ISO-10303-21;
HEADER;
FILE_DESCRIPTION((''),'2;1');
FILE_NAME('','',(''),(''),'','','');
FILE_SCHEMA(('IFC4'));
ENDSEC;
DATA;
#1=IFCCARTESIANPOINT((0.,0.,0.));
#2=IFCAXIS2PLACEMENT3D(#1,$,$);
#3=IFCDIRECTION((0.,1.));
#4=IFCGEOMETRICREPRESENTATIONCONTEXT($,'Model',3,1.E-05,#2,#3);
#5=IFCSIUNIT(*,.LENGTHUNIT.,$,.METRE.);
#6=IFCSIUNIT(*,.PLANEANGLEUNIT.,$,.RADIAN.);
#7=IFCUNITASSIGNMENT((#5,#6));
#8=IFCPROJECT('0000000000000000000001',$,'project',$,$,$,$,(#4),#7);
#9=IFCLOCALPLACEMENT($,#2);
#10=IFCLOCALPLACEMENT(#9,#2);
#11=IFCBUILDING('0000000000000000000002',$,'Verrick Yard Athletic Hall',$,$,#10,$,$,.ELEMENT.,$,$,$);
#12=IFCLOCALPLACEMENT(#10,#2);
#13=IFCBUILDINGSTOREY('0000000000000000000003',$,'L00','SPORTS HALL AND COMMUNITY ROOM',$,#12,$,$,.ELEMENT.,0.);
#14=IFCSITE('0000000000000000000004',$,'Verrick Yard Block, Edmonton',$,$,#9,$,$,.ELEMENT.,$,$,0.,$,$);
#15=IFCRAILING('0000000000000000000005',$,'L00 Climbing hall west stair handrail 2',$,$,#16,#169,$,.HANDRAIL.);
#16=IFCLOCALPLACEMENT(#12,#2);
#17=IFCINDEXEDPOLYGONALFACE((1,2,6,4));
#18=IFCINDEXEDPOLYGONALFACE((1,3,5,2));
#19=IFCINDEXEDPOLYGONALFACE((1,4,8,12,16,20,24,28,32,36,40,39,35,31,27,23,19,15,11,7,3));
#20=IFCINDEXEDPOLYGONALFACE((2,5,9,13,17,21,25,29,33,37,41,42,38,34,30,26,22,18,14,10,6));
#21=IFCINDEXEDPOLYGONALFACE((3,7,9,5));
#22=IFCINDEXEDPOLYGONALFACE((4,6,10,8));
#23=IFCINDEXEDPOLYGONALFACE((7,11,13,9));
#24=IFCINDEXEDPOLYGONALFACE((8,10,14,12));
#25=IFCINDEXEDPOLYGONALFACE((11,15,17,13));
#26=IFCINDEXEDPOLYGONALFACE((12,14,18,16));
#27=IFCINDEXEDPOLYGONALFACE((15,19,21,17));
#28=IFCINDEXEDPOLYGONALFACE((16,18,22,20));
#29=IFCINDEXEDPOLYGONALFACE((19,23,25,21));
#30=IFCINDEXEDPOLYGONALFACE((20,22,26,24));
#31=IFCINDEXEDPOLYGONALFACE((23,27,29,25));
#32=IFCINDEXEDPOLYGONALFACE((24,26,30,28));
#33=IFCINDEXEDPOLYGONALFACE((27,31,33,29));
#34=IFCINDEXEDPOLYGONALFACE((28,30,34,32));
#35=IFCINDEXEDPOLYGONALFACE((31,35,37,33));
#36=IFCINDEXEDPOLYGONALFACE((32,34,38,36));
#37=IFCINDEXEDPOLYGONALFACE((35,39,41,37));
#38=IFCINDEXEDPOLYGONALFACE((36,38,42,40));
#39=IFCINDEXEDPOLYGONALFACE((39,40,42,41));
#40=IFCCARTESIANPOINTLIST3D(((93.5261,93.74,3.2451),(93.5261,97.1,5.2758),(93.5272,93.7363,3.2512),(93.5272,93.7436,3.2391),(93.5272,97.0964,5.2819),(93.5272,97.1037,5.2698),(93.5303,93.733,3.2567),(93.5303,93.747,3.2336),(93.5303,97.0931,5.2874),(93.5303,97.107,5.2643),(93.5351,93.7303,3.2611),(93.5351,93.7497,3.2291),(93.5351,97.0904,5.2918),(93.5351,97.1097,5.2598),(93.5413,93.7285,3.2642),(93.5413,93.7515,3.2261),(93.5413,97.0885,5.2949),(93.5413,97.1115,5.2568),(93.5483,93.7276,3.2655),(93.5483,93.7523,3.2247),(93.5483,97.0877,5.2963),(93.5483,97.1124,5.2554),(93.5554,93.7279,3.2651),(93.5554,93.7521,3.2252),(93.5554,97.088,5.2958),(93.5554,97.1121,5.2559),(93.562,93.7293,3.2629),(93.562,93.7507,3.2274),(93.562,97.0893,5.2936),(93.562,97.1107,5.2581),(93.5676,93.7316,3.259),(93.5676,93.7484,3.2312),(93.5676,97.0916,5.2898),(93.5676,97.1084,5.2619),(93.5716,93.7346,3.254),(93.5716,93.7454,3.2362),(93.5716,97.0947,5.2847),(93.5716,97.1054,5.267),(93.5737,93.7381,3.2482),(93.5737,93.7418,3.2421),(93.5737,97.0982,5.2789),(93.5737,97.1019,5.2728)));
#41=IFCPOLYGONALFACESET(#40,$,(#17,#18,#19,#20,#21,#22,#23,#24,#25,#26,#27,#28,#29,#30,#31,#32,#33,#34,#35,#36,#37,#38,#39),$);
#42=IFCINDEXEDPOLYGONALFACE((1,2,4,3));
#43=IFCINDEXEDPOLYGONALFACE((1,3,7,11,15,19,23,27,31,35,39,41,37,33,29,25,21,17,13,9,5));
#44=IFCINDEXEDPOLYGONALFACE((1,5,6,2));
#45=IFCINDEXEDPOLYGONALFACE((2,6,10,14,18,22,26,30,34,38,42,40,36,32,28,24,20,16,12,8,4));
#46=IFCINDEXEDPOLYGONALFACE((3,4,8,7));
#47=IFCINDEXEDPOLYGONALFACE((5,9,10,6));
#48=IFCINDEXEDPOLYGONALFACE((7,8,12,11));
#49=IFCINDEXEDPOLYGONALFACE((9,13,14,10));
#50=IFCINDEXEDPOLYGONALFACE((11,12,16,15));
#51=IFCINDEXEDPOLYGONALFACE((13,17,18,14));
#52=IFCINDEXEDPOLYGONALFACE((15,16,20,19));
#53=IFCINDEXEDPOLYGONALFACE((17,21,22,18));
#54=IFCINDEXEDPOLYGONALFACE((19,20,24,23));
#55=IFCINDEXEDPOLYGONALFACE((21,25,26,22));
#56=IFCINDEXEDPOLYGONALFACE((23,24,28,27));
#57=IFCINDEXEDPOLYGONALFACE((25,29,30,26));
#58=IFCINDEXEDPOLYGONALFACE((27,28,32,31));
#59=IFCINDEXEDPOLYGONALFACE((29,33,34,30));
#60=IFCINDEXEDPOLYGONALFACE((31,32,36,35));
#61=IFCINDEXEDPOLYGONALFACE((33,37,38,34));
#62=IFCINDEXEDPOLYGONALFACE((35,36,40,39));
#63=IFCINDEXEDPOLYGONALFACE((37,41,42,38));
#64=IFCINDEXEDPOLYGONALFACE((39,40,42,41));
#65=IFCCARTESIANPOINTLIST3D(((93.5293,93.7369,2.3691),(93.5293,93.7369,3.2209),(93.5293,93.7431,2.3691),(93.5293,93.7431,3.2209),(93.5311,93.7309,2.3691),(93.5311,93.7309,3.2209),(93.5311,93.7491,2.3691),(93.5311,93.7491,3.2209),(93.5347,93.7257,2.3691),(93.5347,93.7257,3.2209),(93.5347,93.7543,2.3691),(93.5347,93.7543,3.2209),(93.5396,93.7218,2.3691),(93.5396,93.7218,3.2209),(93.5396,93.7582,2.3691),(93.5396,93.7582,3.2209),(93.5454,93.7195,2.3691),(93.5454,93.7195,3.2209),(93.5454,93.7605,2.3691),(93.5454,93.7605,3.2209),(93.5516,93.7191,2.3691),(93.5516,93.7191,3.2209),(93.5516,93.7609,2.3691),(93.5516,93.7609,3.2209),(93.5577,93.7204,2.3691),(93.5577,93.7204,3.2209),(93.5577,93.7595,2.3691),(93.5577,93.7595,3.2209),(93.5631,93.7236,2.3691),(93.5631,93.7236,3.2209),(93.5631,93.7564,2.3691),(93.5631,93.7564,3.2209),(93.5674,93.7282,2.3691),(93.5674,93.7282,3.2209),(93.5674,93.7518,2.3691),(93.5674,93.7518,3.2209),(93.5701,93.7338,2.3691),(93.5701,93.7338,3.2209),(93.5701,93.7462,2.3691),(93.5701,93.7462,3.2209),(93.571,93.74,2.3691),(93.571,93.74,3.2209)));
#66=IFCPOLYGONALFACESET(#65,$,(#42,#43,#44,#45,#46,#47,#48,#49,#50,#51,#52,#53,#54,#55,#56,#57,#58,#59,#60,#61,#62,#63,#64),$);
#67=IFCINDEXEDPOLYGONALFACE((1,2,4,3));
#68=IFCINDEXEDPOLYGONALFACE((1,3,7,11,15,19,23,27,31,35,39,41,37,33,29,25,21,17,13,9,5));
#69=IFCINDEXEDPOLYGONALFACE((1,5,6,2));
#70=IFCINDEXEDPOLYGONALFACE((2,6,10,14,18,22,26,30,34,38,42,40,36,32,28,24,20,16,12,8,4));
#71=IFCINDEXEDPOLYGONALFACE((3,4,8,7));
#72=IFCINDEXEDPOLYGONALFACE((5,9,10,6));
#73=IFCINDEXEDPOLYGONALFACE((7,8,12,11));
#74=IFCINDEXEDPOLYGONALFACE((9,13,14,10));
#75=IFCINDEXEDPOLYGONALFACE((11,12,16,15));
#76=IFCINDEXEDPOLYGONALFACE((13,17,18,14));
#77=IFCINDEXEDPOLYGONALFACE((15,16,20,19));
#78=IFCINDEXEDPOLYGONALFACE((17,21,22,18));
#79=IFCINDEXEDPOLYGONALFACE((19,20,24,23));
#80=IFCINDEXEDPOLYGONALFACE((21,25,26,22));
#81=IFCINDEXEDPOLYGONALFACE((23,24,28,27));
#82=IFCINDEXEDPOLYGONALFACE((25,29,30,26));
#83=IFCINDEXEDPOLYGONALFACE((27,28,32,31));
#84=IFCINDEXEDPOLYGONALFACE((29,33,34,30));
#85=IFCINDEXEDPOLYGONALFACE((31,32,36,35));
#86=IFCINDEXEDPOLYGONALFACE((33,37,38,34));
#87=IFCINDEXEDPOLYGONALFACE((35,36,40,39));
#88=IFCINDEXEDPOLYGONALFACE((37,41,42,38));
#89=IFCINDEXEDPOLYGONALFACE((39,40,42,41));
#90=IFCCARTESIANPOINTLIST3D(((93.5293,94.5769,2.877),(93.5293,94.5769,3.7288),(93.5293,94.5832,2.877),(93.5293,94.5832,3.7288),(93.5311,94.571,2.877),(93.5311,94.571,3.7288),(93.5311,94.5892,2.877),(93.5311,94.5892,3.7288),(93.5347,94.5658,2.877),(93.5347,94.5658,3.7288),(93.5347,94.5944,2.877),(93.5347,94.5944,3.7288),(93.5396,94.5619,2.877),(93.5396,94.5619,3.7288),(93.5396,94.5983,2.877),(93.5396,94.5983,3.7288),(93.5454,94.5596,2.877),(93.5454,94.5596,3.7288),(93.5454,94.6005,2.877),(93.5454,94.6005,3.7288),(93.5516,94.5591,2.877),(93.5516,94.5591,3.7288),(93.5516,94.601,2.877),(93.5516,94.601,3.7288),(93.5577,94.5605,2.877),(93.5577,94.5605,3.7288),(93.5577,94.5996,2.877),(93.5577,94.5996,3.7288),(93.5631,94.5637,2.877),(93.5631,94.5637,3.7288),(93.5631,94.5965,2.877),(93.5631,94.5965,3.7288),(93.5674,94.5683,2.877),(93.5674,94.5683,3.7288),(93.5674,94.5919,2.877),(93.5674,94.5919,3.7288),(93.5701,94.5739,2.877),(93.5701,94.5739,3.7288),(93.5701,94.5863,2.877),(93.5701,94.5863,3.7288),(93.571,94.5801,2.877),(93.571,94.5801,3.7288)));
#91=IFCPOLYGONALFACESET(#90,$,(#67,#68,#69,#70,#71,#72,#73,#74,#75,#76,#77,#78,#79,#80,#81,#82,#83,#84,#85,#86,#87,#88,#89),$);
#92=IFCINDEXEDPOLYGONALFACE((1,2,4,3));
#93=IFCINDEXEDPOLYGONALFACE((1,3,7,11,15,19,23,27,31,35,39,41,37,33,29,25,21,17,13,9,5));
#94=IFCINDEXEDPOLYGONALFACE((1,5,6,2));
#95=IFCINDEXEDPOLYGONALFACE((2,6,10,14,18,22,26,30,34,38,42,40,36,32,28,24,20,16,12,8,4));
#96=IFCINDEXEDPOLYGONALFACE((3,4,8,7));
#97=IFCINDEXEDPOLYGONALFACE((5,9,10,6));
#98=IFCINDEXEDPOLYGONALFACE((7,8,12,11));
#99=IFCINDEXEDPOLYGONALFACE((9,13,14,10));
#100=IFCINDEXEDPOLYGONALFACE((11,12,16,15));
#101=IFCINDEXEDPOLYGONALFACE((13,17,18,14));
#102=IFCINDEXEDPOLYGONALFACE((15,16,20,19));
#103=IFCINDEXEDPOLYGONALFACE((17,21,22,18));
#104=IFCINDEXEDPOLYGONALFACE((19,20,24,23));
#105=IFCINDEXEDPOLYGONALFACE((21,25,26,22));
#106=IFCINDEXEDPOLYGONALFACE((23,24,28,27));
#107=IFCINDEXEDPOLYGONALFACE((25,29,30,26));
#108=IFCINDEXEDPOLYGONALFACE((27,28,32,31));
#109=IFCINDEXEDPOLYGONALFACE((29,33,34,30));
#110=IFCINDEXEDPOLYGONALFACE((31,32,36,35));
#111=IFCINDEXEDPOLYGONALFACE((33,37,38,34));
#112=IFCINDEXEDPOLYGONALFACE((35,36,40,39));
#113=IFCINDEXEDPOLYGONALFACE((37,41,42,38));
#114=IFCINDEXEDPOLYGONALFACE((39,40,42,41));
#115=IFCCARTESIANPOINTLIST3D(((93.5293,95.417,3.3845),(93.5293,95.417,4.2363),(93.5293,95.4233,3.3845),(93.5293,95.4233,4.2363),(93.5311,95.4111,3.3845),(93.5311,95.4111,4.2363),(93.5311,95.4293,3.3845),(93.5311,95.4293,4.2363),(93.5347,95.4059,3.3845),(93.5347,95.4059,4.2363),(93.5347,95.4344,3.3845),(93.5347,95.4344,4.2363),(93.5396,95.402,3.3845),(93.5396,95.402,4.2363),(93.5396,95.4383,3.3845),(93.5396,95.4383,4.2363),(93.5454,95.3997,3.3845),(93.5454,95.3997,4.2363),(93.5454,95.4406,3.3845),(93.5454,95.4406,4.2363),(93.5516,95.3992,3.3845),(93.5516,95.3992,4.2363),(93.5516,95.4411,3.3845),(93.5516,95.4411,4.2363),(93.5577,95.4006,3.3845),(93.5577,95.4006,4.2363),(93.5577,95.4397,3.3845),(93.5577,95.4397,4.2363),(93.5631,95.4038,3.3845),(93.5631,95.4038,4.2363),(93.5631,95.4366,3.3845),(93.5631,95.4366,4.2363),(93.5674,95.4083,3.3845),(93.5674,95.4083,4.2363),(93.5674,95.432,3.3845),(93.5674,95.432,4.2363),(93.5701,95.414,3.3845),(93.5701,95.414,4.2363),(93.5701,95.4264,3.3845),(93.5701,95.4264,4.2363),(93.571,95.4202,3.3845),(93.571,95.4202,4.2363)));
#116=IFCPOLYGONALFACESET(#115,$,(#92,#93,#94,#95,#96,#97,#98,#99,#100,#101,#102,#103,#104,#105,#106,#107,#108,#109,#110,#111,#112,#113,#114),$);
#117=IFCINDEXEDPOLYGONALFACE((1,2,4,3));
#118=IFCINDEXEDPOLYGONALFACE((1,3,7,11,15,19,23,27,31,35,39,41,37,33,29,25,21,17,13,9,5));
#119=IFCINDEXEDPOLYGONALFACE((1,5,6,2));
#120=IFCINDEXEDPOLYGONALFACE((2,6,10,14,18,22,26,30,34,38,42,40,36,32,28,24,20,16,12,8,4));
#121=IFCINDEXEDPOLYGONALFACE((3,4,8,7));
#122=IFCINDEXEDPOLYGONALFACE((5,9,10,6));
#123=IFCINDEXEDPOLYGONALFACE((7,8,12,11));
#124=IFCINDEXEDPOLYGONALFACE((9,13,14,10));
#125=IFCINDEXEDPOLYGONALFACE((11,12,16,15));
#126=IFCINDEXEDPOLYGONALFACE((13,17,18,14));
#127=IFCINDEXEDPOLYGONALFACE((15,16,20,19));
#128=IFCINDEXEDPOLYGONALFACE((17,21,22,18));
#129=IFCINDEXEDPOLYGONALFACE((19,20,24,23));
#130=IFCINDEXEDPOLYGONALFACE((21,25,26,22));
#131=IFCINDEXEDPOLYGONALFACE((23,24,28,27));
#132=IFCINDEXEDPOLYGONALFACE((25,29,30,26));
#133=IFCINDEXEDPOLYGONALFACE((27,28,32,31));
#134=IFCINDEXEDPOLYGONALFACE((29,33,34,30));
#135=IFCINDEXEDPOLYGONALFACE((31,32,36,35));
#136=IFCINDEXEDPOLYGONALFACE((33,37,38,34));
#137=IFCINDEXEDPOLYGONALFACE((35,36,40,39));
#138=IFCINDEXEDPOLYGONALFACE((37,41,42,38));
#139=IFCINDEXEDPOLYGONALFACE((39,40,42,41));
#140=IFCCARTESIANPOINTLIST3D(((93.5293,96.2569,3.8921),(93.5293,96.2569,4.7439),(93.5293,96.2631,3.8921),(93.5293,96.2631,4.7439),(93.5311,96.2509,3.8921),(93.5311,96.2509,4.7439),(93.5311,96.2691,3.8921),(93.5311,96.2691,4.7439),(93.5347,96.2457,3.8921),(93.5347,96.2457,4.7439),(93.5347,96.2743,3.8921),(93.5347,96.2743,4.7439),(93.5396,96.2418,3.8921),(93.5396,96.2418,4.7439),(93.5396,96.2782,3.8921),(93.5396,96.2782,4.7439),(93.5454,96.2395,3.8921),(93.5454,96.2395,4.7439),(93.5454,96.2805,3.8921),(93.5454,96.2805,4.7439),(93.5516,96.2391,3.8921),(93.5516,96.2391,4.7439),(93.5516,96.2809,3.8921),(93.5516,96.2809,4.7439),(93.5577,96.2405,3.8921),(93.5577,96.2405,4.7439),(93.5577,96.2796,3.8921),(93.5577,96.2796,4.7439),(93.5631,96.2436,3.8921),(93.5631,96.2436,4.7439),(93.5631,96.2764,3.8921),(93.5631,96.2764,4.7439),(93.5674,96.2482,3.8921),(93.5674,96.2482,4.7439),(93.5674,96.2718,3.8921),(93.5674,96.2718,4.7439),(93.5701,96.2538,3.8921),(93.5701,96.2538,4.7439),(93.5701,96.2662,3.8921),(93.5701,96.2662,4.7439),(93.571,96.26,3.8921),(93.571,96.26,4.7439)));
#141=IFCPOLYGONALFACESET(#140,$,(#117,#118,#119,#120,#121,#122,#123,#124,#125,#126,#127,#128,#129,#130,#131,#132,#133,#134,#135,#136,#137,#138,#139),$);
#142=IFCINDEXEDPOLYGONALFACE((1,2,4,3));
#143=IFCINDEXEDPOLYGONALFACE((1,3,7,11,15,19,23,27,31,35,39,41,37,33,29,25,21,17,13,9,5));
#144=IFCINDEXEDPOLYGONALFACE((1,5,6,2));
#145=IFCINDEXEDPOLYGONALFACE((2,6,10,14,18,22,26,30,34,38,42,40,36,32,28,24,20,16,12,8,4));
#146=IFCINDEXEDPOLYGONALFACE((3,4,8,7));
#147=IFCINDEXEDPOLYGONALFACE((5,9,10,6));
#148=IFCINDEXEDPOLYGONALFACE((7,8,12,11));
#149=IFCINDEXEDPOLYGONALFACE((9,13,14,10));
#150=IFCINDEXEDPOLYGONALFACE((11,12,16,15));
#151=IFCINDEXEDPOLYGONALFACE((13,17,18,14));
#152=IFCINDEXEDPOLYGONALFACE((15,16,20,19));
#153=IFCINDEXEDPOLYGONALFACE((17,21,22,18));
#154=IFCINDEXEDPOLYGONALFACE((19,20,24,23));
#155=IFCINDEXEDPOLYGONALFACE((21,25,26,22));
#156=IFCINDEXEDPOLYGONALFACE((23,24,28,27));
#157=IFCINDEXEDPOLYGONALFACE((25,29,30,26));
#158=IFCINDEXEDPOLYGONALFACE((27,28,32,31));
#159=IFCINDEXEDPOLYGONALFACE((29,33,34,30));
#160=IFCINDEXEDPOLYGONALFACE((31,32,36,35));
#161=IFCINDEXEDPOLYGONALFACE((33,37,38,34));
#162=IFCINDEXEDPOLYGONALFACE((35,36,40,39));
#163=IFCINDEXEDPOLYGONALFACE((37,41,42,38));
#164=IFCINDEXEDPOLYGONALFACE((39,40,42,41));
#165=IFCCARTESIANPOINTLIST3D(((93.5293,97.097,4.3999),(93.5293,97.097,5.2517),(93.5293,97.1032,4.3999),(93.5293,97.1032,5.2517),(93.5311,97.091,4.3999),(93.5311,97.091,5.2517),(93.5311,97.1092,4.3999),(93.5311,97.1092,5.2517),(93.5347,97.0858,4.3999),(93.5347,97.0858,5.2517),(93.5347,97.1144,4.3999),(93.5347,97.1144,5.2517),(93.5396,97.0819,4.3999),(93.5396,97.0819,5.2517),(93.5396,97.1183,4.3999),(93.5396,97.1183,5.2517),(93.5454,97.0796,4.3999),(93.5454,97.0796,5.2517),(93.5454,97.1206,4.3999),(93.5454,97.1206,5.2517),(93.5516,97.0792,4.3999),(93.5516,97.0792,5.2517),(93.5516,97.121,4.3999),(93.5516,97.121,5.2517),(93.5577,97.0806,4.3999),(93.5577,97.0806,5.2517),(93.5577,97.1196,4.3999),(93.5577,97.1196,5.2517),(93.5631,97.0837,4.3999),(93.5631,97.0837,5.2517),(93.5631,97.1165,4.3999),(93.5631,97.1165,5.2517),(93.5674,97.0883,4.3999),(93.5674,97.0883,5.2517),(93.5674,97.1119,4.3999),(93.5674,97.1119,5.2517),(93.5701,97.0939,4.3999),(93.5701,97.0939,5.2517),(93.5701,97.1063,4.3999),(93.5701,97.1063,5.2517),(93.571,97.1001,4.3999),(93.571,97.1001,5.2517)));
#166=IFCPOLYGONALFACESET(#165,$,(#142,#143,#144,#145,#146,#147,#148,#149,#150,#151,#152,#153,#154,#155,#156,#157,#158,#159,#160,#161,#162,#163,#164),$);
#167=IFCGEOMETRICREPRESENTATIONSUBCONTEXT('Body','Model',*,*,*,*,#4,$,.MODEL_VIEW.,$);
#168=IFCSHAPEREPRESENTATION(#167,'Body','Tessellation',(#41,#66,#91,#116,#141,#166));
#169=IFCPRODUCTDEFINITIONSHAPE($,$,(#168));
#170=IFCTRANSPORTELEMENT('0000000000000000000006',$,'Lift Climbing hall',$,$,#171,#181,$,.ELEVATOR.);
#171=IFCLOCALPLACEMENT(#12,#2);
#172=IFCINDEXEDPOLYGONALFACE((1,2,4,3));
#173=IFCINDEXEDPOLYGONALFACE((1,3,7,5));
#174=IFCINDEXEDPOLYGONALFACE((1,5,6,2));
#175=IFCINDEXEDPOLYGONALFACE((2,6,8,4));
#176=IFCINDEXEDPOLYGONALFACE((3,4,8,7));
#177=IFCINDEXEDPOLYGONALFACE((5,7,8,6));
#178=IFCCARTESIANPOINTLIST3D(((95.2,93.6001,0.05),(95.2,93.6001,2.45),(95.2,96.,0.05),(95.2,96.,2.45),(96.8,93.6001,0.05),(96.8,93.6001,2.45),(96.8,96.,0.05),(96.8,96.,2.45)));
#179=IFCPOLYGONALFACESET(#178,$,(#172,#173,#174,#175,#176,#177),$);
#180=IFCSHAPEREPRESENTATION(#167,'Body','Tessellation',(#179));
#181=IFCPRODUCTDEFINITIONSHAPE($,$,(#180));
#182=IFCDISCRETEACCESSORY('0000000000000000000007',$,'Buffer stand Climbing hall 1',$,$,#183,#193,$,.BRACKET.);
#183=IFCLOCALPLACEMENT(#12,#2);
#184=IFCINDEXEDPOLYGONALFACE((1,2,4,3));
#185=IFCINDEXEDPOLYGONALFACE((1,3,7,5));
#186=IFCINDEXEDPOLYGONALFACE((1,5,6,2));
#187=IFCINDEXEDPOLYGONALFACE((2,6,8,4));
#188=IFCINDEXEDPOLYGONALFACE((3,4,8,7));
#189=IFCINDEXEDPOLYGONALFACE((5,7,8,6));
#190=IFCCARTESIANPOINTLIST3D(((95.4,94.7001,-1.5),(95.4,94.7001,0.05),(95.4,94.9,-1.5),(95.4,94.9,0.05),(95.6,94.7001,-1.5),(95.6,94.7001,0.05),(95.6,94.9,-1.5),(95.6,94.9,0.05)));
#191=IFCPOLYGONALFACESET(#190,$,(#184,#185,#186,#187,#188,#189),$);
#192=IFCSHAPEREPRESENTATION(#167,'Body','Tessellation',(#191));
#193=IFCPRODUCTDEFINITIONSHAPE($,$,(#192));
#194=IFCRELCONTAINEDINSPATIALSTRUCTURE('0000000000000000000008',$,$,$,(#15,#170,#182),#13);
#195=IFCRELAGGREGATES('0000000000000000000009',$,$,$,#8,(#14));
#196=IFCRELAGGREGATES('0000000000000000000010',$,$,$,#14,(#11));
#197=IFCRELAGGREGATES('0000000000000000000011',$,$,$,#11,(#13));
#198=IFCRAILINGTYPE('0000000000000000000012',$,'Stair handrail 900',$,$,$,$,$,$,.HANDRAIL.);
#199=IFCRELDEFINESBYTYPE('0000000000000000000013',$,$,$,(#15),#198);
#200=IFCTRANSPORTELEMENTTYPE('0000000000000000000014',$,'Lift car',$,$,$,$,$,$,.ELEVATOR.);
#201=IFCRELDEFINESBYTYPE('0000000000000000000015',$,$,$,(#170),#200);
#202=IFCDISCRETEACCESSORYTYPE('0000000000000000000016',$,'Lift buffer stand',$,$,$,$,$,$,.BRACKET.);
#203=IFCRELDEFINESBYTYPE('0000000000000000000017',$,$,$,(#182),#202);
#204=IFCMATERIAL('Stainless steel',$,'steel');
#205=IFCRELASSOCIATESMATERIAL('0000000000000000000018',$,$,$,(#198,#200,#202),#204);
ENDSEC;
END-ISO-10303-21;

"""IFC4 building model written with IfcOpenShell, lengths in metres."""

from ifc_helpers import new_model, si_unit, direction, frame, origin, origin_2d, place, context, subcontext, project, spatial, rectangle, circle, extrude, material, type_object, element, save


model = new_model("IFC4")

# Units and contexts
model_context = context("Model", 3, precision=1e-05, world=origin(), true_north=direction((0.0, 1.0)))
body_context = subcontext(model_context, "Body", "Model", "MODEL_VIEW")
ifc_project = project(units=[si_unit("LENGTHUNIT", "METRE"), si_unit("PLANEANGLEUNIT", "RADIAN")], contexts=[model_context])

# Site, building, storey
site_placement = place(None, origin())
site = spatial("IfcSite", under=ifc_project, at=site_placement, Name="Verrick Yard Block, Edmonton", CompositionType="ELEMENT", RefElevation=0.0)
building_placement = place(site_placement, origin())
building = spatial("IfcBuilding", under=site, at=building_placement, Name="Verrick Yard Athletic Hall", CompositionType="ELEMENT")
storey_placement = place(building_placement, origin())
storey = spatial("IfcBuildingStorey", under=building, at=storey_placement, Name="L00", Description="SPORTS HALL AND COMMUNITY ROOM", CompositionType="ELEMENT", Elevation=0.0)

# Railing
ifc_material_1 = material(Name="Stainless steel", Category="steel")
railing_type_1 = type_object("IfcRailingType", Name="Stair handrail 900", PredefinedType="HANDRAIL", material=ifc_material_1)
railing_1_placement = place(storey_placement, frame((93.55, 93.74, 2.3691)))
element("IfcRailing", 1, at=railing_1_placement, inside=storey, type_object=railing_type_1, Name="L00 Climbing hall west stair handrail 2", PredefinedType="HANDRAIL", context=body_context, shape_type="SweptSolid", body=[
    extrude(circle(Radius=0.0239, at=origin_2d()), frame((0.0, 0.0, 0.876), z_axis=(0.0, 0.855837, 0.517246), x_axis=(-1.0, 0.0, 0.0)), (0.0, 0.0, 1.0), 3.926),
    extrude(circle(Radius=0.021, at=origin_2d()), origin(), (0.0, 0.0, 1.0), 0.8518),
    extrude(circle(Radius=0.021, at=origin_2d()), frame((0.0, 0.8401, 0.5078)), (0.0, 0.0, 1.0), 0.8518),
    extrude(circle(Radius=0.021, at=origin_2d()), frame((0.0, 1.6802, 1.0154)), (0.0, 0.0, 1.0), 0.8518),
    extrude(circle(Radius=0.021, at=origin_2d()), frame((0.0, 2.52, 1.5229)), (0.0, 0.0, 1.0), 0.8518),
    extrude(circle(Radius=0.021, at=origin_2d()), frame((0.0, 3.3601, 2.0308)), (0.0, 0.0, 1.0), 0.8518),
])

# Transport element
transport_element_type = type_object("IfcTransportElementType", Name="Lift car", PredefinedType="ELEVATOR", material=ifc_material_1)
transport_element_placement = place(storey_placement, frame((96.0, 94.8, 0.05), z_axis=(0.0, 0.0, 1.0), x_axis=(1.0, 0.0, 0.0)))
element("IfcTransportElement", 2, at=transport_element_placement, inside=storey, type_object=transport_element_type, Name="Lift Climbing hall", PredefinedType="ELEVATOR", context=body_context, shape_type="SweptSolid", body=[
    extrude(rectangle(XDim=1.6001, YDim=2.3999, at=origin_2d()), origin(), (0.0, 0.0, 1.0), 2.3999),
])

# Discrete accessory
discrete_accessory_type = type_object("IfcDiscreteAccessoryType", Name="Lift buffer stand", PredefinedType="BRACKET", material=ifc_material_1)
discrete_accessory_placement = place(storey_placement, frame((95.5, 94.8, -1.5), z_axis=(0.0, 0.0, 1.0), x_axis=(1.0, 0.0, 0.0)))
element("IfcDiscreteAccessory", 3, at=discrete_accessory_placement, inside=storey, type_object=discrete_accessory_type, Name="Buffer stand Climbing hall 1", PredefinedType="BRACKET", context=body_context, shape_type="SweptSolid", body=[
    extrude(rectangle(XDim=0.2, YDim=0.2, at=origin_2d()), origin(), (0.0, 0.0, 1.0), 1.55),
])

save(model, "model.ifc")
